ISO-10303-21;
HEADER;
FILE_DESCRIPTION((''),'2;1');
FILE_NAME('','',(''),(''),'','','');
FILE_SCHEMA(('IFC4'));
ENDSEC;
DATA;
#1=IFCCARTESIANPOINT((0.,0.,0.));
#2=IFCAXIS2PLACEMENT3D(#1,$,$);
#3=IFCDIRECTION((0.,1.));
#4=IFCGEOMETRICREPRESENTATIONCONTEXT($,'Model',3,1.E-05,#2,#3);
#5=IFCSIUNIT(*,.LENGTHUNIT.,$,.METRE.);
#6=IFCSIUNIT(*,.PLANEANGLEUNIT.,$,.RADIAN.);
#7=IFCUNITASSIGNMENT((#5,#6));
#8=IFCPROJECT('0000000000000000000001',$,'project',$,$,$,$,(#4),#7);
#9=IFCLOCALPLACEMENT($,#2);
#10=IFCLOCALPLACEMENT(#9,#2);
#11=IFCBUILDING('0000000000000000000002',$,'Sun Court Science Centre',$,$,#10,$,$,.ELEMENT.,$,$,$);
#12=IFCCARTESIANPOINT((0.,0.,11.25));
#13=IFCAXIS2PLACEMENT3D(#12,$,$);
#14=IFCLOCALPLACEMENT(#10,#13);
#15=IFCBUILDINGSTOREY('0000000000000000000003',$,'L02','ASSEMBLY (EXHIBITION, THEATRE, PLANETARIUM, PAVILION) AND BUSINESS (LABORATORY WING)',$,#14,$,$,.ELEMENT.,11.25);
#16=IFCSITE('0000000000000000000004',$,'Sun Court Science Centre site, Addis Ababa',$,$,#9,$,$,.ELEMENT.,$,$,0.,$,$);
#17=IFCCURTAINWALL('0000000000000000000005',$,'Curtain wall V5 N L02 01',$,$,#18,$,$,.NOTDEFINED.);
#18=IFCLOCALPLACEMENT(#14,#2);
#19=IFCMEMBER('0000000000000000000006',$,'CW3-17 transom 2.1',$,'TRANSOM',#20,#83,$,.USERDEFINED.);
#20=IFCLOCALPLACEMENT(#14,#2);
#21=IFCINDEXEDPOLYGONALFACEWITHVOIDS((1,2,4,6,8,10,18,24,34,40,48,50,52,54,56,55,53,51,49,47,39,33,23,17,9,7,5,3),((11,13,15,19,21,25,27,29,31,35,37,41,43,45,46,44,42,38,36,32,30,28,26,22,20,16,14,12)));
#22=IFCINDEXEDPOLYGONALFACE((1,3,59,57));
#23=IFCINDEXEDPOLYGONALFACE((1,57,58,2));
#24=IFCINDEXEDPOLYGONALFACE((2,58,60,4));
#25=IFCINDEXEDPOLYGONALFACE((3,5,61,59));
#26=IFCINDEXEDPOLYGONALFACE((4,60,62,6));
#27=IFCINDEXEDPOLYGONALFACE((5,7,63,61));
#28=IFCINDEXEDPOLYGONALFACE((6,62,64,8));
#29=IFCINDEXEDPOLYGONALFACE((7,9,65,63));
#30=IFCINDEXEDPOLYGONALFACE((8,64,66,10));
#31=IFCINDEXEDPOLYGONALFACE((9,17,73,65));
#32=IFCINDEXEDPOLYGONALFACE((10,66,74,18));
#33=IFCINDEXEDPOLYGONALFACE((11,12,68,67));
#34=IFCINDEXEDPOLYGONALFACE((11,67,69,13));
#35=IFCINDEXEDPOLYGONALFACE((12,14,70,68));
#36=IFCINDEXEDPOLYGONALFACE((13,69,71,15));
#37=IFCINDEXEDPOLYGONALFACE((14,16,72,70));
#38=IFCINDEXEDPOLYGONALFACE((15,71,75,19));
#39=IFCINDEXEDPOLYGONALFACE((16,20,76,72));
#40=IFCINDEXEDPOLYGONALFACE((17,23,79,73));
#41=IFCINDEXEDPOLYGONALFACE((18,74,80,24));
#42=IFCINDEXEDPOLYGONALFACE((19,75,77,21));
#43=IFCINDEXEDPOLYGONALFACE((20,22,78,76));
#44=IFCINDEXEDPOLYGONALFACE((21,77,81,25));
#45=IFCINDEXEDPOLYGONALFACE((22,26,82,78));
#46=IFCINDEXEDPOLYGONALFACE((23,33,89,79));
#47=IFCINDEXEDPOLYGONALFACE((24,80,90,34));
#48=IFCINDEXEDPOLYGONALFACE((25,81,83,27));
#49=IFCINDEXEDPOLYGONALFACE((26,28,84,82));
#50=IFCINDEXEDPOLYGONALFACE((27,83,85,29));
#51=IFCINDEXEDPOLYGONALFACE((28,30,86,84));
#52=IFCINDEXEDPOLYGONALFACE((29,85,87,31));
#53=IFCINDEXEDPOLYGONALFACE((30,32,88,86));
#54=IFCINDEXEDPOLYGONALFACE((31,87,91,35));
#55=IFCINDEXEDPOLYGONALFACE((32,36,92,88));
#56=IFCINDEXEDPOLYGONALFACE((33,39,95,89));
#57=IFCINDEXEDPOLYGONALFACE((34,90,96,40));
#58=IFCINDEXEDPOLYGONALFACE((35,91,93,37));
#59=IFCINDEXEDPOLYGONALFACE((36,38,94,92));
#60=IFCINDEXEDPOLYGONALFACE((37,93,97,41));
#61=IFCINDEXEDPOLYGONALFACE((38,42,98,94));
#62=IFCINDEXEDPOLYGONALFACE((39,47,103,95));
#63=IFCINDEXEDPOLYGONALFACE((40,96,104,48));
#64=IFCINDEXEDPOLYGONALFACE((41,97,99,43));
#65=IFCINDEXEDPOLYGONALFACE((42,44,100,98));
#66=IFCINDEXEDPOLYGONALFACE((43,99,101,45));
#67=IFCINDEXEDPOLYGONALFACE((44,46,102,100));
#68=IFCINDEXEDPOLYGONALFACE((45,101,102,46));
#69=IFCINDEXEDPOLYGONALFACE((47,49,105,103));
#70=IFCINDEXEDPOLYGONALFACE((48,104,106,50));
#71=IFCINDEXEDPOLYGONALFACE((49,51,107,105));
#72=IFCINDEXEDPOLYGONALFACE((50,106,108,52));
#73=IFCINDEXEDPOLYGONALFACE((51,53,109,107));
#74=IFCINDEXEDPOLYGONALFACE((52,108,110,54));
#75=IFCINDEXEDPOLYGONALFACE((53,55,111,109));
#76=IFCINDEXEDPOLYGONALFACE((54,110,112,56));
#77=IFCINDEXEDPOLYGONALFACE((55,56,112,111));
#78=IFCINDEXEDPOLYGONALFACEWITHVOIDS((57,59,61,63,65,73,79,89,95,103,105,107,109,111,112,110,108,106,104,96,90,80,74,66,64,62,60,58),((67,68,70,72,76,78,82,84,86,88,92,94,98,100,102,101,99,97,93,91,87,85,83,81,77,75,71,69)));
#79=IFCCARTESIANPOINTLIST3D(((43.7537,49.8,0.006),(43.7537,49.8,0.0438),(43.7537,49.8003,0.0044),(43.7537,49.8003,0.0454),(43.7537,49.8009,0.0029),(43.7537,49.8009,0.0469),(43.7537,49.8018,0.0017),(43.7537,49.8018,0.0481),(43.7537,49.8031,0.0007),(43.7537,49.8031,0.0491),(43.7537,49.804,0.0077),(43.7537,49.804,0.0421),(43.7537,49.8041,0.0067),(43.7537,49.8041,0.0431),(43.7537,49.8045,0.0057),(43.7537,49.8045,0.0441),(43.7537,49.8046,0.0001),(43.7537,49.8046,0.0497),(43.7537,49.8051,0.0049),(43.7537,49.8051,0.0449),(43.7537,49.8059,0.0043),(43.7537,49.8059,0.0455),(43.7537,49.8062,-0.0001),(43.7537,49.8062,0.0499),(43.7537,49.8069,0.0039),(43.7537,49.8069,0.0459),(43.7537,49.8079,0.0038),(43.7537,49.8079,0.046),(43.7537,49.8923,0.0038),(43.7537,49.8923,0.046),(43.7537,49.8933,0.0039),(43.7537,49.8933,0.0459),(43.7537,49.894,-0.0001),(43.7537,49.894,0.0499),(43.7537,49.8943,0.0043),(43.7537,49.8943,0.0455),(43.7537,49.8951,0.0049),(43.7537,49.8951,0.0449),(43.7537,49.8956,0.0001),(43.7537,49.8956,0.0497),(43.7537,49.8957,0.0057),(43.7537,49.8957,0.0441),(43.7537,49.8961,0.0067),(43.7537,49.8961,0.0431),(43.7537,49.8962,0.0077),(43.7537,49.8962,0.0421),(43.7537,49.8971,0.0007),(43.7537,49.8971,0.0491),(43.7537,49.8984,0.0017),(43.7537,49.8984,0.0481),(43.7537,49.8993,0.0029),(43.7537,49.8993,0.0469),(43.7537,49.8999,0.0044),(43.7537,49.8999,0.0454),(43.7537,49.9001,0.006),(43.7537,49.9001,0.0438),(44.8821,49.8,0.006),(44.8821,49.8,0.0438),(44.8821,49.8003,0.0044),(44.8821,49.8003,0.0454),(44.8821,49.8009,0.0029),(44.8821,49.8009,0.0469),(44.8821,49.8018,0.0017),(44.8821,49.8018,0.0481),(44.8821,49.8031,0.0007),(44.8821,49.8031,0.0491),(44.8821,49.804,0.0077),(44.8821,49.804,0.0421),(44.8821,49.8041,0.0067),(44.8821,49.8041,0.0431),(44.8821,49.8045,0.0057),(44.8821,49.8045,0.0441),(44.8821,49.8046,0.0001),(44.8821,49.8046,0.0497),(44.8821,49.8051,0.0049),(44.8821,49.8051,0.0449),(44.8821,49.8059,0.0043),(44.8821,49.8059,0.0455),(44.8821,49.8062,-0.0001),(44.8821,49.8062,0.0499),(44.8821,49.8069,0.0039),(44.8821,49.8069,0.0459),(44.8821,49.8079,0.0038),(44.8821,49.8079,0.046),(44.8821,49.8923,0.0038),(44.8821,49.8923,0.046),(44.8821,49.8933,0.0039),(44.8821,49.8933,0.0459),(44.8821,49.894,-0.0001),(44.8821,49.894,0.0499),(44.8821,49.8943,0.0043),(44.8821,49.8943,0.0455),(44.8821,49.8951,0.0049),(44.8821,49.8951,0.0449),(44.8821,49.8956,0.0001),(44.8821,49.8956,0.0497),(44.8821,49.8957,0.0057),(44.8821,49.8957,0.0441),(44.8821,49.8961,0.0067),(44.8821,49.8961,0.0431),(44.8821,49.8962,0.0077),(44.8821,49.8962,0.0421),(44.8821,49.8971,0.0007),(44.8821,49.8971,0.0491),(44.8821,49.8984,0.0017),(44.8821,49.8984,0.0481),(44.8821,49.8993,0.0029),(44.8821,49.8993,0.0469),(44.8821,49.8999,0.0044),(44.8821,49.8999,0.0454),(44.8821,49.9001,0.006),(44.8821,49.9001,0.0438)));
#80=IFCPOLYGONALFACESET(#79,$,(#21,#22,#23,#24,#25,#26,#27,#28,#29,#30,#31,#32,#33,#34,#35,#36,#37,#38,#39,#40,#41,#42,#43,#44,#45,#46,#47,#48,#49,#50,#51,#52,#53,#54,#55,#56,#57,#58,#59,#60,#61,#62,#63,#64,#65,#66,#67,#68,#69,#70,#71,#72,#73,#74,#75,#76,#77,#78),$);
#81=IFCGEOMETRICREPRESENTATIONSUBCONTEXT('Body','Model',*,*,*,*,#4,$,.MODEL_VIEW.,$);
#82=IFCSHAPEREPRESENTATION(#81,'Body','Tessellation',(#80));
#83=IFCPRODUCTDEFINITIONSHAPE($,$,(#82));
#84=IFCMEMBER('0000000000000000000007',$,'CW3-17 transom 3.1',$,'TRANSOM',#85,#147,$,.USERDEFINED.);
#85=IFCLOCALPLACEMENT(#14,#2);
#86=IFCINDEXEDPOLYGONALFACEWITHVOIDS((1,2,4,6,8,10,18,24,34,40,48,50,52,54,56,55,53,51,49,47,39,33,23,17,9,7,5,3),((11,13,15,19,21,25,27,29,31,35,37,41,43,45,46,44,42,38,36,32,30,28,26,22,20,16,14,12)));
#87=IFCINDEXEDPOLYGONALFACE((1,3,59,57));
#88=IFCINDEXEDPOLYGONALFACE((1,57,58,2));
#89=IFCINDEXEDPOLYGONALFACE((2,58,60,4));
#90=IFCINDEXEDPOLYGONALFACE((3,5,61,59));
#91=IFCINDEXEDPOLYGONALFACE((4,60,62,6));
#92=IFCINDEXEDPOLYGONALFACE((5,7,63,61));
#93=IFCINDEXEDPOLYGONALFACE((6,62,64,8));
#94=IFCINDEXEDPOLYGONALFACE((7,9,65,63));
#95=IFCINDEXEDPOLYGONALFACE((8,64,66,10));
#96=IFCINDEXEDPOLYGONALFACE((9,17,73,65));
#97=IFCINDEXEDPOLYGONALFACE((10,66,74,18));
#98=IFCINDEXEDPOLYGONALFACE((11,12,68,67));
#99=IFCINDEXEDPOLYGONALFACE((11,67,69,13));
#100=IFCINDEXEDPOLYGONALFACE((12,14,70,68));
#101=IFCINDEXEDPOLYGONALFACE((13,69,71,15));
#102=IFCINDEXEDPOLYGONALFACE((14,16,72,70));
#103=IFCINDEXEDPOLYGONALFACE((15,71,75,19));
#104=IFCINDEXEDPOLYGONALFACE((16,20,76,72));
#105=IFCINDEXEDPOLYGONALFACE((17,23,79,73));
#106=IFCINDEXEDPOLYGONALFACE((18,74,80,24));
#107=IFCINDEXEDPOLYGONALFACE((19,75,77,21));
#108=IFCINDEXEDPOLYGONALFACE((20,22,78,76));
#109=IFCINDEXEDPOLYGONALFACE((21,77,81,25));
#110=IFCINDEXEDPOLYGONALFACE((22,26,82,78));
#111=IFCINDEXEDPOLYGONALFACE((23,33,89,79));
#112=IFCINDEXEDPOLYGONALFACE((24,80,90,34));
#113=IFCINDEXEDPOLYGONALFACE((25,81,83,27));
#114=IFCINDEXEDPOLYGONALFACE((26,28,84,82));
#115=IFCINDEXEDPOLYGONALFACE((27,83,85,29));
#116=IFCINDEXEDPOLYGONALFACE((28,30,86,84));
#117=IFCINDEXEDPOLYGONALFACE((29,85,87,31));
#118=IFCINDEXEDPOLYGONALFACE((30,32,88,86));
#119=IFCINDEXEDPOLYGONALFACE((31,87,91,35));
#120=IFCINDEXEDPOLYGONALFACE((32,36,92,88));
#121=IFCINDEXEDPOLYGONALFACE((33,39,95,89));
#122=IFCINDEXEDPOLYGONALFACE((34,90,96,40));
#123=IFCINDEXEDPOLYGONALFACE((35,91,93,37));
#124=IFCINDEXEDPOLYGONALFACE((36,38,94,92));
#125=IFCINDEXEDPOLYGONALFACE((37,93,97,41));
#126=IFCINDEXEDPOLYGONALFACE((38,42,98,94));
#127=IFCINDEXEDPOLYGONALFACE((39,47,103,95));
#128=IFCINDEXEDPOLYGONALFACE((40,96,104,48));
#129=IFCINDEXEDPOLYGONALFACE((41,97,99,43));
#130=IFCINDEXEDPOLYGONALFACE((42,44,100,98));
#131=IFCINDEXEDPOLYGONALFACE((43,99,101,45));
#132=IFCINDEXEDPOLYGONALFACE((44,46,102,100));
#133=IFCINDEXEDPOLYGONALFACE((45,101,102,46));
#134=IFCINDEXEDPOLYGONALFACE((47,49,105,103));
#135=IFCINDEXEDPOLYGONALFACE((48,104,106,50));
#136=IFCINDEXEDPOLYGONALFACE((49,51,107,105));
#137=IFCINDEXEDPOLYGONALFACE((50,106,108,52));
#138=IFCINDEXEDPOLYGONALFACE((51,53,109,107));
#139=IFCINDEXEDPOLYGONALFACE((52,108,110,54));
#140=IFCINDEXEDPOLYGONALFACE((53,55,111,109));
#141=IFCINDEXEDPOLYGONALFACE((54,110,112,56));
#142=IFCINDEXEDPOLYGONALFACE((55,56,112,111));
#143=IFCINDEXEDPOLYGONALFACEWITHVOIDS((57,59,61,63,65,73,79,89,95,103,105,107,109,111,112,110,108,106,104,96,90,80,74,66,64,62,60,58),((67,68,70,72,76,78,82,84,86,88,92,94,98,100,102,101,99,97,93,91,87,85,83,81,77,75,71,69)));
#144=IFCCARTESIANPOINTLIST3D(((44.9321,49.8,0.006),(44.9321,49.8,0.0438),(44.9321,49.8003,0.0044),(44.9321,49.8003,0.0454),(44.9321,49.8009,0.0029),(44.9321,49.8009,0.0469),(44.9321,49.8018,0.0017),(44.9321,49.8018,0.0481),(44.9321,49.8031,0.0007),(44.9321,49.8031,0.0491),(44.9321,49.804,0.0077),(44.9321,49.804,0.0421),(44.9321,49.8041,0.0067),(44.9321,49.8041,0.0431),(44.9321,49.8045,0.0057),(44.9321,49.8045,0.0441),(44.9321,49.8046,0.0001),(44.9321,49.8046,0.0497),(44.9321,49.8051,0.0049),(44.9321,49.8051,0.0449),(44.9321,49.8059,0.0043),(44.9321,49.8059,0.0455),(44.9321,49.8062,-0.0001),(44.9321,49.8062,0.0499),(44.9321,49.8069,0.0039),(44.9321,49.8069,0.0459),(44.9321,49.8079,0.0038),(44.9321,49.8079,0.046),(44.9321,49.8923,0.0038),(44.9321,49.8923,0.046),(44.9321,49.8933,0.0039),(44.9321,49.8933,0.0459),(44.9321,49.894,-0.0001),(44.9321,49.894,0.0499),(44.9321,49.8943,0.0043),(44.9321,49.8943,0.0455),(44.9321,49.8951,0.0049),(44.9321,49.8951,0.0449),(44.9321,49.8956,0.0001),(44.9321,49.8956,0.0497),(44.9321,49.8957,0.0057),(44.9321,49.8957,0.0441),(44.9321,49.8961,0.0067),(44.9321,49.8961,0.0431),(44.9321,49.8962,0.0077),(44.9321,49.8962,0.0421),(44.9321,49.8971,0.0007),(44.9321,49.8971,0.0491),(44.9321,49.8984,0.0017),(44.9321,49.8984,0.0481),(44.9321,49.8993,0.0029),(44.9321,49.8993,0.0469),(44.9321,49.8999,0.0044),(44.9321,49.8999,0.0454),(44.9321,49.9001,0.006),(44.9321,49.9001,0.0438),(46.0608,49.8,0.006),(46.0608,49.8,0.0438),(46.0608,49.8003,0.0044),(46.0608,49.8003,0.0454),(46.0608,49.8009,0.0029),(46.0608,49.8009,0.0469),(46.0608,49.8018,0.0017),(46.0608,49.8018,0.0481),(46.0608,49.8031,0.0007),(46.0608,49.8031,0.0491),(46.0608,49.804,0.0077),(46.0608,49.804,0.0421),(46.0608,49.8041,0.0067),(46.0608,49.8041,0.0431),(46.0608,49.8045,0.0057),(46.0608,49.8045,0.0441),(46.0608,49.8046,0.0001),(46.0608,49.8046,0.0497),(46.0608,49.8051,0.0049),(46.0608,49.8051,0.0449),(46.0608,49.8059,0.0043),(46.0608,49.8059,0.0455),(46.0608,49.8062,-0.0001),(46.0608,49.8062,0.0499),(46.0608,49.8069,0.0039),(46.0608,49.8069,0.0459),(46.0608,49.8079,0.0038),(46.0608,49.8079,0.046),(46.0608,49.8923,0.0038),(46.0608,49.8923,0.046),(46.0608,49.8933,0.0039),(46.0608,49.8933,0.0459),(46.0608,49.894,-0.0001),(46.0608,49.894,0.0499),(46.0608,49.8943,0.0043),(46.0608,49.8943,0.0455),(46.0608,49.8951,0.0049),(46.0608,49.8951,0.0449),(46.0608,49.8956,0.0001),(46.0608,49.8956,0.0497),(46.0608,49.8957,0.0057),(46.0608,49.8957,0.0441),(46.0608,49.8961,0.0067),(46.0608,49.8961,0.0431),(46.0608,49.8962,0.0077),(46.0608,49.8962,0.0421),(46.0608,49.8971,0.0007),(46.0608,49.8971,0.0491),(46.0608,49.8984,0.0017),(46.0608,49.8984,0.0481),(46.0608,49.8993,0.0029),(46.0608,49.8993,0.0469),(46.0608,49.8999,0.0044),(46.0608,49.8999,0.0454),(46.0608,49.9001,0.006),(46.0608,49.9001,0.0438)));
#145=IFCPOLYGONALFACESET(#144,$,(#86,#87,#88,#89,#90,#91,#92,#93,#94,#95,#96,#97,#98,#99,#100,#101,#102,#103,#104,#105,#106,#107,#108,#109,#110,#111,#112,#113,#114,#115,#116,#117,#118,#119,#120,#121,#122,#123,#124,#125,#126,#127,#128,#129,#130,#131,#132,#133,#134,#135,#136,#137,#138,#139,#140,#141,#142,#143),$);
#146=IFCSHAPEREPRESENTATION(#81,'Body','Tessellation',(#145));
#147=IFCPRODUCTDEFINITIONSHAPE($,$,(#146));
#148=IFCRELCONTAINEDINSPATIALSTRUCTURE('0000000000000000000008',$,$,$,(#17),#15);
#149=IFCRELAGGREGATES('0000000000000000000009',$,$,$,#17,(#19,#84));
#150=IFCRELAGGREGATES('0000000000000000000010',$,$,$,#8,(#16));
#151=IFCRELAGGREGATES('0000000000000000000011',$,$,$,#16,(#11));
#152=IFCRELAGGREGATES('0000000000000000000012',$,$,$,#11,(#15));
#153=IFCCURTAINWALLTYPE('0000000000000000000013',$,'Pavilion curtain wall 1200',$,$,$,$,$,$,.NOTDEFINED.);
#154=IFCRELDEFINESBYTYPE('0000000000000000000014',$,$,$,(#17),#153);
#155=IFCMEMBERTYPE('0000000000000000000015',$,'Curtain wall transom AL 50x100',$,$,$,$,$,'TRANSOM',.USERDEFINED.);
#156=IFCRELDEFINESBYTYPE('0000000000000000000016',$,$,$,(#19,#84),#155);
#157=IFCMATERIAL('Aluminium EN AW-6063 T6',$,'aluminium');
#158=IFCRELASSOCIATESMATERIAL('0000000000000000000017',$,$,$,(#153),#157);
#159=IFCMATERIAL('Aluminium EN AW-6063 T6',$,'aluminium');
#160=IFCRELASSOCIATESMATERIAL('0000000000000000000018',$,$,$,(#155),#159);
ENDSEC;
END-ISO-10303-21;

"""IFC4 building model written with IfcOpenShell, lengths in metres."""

from ifc_helpers import new_model, si_unit, direction, frame, origin, origin_2d, place, context, subcontext, project, spatial, hollow_rectangle, extrude, material, material_profile, profile_set, type_object, element, aggregate, save


model = new_model("IFC4")

# Units and contexts
model_context = context("Model", 3, precision=1e-05, world=origin(), true_north=direction((0.0, 1.0)))
body_context = subcontext(model_context, "Body", "Model", "MODEL_VIEW")
ifc_project = project(units=[si_unit("LENGTHUNIT", "METRE"), si_unit("PLANEANGLEUNIT", "RADIAN")], contexts=[model_context])

# Site, building, storey
site_placement = place(None, origin())
site = spatial("IfcSite", under=ifc_project, at=site_placement, Name="Sun Court Science Centre site, Addis Ababa", CompositionType="ELEMENT", RefElevation=0.0)
building_placement = place(site_placement, origin())
building = spatial("IfcBuilding", under=site, at=building_placement, Name="Sun Court Science Centre", CompositionType="ELEMENT")
storey_placement = place(building_placement, frame((0.0, 0.0, 11.25)))
storey = spatial("IfcBuildingStorey", under=building, at=storey_placement, Name="L02", Description="ASSEMBLY (EXHIBITION, THEATRE, PLANETARIUM, PAVILION) AND BUSINESS (LABORATORY WING)", CompositionType="ELEMENT", Elevation=11.25)

# Curtain wall
ifc_material_1 = material(Name="Aluminium EN AW-6063 T6", Category="aluminium")
curtain_wall_type = type_object("IfcCurtainWallType", Name="Pavilion curtain wall 1200", PredefinedType="NOTDEFINED", material=ifc_material_1)
curtain_wall_1_placement = place(storey_placement, origin())
curtain_wall_1 = element("IfcCurtainWall", 1, at=curtain_wall_1_placement, inside=storey, type_object=curtain_wall_type, Name="Curtain wall V5 N L02 01", PredefinedType="NOTDEFINED")
ifc_material_2 = material(Name="Aluminium EN AW-6063 T6", Category="aluminium")
ifc_material_profile_1 = material_profile(ifc_material_2, hollow_rectangle(XDim=0.05, YDim=0.1001, WallThickness=0.0039, InnerFilletRadius=0.0039, OuterFilletRadius=0.0061, at=origin_2d()), Name="AL 50x100x4")
ifc_profile_set_1 = profile_set([ifc_material_profile_1], Name="Aluminium EN AW-6063 T6")
member_type_1 = type_object("IfcMemberType", Name="Curtain wall transom AL 50x100", ElementType="TRANSOM", PredefinedType="USERDEFINED", material=ifc_profile_set_1)

# Members
member_1_placement = place(storey_placement, frame((43.7537, 49.8501, 0.0249), z_axis=(1.0, 0.0, 0.0), x_axis=(0.0, 0.0, 1.0)))
member_1 = element("IfcMember", 2, at=member_1_placement, type_object=member_type_1, Name="CW3-17 transom 2.1", ObjectType="TRANSOM", PredefinedType="USERDEFINED", context=body_context, shape_type="SweptSolid", body=[
    extrude(hollow_rectangle(XDim=0.05, YDim=0.1001, WallThickness=0.0039, InnerFilletRadius=0.0039, OuterFilletRadius=0.0061, at=origin_2d()), origin(), (0.0, 0.0, 1.0), 1.1284),
])
member_2_placement = place(storey_placement, frame((44.9321, 49.8501, 0.0249), z_axis=(1.0, 0.0, 0.0), x_axis=(0.0, 0.0, 1.0)))
member_2 = element("IfcMember", 3, at=member_2_placement, type_object=member_type_1, Name="CW3-17 transom 3.1", ObjectType="TRANSOM", PredefinedType="USERDEFINED", context=body_context, shape_type="SweptSolid", body=[
    extrude(hollow_rectangle(XDim=0.05, YDim=0.1001, WallThickness=0.0039, InnerFilletRadius=0.0039, OuterFilletRadius=0.0061, at=origin_2d()), origin(), (0.0, 0.0, 1.0), 1.1287),
])

aggregate(curtain_wall_1, [member_1, member_2])

save(model, "model.ifc")
